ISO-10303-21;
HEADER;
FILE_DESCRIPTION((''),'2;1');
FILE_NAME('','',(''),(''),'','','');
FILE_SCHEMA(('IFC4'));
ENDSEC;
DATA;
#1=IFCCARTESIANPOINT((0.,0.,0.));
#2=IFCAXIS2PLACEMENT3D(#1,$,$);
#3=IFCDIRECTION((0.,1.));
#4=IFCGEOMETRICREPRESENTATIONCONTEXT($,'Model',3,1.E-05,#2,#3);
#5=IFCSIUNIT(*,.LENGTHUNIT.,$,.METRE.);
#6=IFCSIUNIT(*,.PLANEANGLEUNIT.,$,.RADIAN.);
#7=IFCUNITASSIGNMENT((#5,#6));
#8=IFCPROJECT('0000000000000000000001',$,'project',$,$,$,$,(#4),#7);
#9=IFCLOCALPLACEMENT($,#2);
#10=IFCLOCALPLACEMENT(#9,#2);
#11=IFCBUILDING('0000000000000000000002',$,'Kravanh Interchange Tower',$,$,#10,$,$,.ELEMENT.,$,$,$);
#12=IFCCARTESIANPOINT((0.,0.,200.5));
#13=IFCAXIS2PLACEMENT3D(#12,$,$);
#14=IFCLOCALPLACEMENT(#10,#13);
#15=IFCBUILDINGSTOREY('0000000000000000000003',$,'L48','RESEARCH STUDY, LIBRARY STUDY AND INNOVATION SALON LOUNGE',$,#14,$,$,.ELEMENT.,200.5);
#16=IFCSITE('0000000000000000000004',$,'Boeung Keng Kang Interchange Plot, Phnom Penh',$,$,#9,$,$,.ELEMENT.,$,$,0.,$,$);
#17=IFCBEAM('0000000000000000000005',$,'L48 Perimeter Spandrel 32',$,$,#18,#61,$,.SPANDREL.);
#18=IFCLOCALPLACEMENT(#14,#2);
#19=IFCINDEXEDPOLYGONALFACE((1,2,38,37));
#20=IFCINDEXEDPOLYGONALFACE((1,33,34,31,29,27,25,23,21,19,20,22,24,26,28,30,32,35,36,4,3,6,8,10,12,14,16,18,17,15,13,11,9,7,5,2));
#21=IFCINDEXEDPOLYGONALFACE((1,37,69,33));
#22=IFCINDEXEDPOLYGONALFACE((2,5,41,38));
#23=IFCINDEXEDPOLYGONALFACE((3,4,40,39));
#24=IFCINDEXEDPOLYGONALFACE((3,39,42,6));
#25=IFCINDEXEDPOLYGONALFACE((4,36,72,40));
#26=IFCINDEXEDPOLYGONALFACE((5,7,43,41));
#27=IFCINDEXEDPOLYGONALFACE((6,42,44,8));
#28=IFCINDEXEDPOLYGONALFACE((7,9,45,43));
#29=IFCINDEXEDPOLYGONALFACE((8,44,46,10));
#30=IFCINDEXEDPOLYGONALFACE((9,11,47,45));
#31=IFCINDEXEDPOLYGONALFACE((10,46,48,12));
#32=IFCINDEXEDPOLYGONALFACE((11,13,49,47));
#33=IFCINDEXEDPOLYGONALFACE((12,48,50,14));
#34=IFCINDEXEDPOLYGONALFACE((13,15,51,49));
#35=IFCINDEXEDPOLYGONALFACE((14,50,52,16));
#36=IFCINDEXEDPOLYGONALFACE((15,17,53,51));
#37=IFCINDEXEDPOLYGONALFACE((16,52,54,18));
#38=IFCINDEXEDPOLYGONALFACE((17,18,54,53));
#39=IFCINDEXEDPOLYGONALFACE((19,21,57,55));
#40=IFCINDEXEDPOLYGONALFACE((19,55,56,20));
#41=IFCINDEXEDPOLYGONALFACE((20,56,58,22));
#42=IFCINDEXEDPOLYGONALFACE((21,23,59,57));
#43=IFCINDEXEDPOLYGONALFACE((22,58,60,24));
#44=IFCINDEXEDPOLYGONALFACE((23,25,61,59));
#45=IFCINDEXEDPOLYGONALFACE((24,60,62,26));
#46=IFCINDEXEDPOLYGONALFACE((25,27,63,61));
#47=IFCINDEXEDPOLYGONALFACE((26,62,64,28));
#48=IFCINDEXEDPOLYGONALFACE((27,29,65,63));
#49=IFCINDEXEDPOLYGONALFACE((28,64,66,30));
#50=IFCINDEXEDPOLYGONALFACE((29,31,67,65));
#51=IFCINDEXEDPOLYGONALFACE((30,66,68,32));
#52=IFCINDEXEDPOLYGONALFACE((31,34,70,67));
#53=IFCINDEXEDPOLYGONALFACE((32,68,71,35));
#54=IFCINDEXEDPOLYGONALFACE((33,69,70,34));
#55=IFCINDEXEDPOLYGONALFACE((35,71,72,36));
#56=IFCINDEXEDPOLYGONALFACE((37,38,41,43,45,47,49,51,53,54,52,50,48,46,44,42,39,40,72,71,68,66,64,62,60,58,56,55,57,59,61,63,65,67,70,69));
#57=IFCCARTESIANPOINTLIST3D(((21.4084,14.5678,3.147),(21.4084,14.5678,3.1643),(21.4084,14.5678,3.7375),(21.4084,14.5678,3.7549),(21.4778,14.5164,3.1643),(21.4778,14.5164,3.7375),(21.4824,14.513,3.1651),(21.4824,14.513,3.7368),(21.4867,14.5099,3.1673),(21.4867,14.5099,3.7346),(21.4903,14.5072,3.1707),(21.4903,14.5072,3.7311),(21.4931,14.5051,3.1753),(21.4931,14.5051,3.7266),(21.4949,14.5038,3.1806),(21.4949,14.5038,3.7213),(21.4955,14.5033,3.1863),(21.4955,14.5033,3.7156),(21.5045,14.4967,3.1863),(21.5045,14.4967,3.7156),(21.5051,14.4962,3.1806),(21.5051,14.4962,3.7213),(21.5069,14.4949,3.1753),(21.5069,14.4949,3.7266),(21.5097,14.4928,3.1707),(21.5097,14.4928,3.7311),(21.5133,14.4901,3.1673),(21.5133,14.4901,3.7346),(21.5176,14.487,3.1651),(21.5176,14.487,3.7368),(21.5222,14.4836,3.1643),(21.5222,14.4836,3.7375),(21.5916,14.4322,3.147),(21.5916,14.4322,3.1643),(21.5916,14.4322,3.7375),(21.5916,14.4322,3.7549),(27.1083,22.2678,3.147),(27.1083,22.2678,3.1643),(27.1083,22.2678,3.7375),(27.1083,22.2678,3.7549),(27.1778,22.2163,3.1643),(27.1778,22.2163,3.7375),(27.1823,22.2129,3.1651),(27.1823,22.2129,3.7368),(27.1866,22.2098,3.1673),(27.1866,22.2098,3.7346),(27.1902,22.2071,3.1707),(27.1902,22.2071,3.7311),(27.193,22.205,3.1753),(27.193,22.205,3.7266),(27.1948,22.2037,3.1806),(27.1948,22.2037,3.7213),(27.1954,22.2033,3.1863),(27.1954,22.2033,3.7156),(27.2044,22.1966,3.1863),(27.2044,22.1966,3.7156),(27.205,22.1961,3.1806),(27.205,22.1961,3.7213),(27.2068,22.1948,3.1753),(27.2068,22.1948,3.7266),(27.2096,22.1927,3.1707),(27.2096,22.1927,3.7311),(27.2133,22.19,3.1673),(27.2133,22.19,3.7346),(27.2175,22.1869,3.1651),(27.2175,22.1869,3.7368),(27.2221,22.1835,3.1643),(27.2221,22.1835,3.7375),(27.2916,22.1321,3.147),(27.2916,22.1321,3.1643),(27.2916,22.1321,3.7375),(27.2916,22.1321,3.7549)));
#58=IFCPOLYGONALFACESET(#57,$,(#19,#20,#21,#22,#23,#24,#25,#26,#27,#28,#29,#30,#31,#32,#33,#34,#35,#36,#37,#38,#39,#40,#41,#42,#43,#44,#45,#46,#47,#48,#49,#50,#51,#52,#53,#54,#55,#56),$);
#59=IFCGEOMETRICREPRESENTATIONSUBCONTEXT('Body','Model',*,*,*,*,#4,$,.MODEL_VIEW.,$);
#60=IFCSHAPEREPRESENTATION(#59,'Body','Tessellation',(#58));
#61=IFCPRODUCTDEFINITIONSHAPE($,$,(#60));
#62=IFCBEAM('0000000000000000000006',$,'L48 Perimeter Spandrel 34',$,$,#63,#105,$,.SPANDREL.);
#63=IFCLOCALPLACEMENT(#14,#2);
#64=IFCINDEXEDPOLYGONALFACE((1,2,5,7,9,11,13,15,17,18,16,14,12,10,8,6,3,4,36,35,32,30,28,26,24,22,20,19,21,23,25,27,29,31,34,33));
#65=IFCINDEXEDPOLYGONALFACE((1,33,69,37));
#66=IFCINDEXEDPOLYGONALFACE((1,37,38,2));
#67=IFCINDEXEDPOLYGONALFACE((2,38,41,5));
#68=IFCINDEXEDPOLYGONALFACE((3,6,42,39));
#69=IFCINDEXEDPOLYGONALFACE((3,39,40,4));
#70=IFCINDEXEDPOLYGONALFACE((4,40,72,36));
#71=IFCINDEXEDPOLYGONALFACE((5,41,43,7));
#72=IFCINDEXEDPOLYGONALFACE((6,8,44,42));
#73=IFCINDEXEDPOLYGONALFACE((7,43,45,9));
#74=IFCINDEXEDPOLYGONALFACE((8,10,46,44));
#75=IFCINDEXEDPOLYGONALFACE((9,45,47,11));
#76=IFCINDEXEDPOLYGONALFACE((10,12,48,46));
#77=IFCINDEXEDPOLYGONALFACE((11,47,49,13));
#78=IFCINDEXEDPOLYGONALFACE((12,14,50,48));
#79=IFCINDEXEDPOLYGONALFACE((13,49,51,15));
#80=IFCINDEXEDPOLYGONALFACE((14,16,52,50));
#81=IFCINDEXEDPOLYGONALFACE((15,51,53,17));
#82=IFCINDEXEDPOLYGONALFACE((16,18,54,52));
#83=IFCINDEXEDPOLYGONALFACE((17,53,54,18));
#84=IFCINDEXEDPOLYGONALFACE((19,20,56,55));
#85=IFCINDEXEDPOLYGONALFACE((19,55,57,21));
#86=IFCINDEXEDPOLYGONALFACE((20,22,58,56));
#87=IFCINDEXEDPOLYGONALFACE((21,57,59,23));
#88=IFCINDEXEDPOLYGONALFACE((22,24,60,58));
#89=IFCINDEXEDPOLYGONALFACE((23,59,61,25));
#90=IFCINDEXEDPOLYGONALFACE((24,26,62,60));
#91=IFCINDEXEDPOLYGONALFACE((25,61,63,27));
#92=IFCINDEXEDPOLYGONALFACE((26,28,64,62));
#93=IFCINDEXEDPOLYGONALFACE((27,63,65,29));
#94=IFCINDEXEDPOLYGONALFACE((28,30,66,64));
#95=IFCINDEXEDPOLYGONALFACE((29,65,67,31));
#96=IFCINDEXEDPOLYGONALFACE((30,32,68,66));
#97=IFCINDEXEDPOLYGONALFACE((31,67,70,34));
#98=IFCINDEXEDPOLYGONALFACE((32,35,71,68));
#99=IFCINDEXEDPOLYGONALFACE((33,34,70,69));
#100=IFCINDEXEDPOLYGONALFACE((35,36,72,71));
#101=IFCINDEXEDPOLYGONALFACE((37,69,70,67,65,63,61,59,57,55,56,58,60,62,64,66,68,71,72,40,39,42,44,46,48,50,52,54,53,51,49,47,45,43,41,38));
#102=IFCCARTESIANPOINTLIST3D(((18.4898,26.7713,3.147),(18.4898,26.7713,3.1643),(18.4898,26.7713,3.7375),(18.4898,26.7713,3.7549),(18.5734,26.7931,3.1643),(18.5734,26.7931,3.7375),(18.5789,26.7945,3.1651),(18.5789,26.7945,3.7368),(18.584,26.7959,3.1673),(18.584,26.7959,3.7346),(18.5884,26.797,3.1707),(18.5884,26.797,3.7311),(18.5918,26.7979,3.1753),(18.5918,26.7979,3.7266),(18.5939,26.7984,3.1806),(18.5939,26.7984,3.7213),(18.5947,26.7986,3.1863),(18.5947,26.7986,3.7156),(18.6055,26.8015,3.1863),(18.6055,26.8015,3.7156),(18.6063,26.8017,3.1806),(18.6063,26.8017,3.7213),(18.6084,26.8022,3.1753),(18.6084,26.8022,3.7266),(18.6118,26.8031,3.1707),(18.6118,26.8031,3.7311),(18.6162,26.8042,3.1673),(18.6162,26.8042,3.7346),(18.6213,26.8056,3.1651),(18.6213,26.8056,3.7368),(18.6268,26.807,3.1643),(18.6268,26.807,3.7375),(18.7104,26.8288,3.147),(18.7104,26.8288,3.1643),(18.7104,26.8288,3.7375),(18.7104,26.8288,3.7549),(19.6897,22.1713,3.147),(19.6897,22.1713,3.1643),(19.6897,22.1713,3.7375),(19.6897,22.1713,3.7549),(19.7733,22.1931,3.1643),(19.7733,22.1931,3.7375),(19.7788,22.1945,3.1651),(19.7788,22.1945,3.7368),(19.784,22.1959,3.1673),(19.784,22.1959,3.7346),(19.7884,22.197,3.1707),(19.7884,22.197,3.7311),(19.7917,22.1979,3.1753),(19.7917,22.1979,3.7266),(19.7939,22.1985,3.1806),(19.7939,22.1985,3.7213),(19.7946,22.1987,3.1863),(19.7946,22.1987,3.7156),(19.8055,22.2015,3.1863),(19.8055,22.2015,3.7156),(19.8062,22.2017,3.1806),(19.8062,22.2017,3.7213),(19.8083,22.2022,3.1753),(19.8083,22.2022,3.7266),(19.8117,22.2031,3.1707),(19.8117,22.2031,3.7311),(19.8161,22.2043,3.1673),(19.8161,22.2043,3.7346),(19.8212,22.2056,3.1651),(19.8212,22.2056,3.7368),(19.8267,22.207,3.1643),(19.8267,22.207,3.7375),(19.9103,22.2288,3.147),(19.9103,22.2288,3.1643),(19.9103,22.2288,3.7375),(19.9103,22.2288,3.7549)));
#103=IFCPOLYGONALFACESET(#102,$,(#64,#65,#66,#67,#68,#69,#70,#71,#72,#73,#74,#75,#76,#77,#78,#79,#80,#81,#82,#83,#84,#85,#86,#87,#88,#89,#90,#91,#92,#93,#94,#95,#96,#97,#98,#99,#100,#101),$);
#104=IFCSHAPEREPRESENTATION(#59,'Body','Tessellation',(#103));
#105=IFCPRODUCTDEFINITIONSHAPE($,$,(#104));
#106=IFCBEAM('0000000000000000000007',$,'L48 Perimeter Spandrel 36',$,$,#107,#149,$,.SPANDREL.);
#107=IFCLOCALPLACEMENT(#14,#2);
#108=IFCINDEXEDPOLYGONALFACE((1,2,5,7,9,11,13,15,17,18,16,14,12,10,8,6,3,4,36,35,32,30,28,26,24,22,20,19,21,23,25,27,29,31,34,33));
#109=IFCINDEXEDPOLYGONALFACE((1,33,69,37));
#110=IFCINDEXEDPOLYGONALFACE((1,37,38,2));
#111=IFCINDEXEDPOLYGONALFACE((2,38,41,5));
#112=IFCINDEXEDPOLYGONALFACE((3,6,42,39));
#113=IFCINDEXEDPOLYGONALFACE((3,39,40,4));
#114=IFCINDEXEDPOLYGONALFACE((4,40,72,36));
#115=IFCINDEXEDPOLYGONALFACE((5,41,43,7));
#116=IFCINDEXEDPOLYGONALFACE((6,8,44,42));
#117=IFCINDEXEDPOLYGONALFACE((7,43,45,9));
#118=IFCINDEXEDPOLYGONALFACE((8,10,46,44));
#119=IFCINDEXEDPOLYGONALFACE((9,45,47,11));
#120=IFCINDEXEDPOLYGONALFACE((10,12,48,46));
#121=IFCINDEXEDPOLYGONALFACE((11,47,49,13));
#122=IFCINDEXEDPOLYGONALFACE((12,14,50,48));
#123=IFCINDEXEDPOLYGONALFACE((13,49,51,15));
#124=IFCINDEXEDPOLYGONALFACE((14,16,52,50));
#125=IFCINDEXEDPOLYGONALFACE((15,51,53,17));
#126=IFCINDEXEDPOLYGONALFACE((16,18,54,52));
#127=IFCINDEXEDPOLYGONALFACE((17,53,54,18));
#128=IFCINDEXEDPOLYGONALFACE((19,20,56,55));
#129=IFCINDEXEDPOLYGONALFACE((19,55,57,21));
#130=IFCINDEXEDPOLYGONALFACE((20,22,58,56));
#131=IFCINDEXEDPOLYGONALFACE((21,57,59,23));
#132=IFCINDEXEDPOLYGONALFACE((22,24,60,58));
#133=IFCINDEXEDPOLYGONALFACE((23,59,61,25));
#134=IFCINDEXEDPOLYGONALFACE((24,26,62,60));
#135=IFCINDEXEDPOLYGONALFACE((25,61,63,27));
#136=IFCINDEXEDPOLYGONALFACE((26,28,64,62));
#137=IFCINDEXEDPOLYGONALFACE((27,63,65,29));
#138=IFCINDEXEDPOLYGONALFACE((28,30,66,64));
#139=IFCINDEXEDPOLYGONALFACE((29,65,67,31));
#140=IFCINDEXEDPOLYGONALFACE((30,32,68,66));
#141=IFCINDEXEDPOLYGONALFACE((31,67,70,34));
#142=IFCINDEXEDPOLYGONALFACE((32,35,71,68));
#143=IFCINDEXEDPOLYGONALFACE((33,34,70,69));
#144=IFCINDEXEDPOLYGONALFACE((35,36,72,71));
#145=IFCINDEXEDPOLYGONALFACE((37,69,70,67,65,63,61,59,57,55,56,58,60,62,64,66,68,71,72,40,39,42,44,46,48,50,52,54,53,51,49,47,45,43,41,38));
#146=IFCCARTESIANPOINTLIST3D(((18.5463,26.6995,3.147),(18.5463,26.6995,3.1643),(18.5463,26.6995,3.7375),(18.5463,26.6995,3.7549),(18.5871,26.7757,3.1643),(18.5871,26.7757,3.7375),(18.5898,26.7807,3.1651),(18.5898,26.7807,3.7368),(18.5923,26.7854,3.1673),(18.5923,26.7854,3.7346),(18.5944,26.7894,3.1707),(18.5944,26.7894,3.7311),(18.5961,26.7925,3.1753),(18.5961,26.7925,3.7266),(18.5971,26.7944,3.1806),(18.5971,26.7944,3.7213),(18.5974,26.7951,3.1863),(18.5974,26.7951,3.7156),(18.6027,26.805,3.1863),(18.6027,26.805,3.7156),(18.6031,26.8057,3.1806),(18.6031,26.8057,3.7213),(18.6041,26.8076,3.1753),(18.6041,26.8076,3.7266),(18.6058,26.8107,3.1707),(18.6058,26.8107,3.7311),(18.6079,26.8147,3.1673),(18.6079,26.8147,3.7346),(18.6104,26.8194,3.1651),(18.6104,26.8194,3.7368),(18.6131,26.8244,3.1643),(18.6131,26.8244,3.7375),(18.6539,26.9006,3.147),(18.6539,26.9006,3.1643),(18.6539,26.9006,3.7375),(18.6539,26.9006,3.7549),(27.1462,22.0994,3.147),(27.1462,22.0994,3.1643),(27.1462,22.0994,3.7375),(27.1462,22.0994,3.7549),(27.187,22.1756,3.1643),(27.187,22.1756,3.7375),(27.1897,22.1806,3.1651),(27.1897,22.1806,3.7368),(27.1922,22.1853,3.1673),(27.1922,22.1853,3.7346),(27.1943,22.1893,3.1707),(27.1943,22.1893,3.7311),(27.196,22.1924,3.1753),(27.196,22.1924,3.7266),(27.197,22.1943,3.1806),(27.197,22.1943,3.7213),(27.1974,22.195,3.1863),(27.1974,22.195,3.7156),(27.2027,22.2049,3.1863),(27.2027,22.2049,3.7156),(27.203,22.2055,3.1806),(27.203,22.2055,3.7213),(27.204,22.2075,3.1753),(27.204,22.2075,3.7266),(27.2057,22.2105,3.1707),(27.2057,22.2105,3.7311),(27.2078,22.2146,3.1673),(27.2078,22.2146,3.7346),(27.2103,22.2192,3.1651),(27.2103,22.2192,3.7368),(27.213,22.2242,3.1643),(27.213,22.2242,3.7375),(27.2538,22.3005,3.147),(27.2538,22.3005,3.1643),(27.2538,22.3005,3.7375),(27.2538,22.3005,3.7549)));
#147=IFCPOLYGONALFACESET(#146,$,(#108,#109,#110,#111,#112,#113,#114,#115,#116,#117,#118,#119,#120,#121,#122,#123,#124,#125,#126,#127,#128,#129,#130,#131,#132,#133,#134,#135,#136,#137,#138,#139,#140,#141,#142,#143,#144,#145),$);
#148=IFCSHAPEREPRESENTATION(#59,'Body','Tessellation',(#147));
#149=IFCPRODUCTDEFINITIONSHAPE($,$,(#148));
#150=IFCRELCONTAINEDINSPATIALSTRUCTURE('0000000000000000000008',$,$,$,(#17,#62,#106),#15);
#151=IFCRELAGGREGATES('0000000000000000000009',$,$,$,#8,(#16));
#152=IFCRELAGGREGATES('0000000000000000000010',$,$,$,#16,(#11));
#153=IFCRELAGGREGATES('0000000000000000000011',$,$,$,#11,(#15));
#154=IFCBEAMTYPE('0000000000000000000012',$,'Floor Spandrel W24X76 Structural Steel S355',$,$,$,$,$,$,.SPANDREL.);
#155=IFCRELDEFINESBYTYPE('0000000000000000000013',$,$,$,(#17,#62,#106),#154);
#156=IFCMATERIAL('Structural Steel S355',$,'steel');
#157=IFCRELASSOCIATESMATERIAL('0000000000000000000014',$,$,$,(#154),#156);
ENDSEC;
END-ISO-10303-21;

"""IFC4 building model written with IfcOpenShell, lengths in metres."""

from ifc_helpers import new_model, si_unit, direction, frame, origin, origin_2d, place, context, subcontext, project, spatial, i_section, extrude, material, material_profile, profile_set, type_object, element, save


model = new_model("IFC4")

# Units and contexts
model_context = context("Model", 3, precision=1e-05, world=origin(), true_north=direction((0.0, 1.0)))
body_context = subcontext(model_context, "Body", "Model", "MODEL_VIEW")
ifc_project = project(units=[si_unit("LENGTHUNIT", "METRE"), si_unit("PLANEANGLEUNIT", "RADIAN")], contexts=[model_context])

# Site, building, storey
site_placement = place(None, origin())
site = spatial("IfcSite", under=ifc_project, at=site_placement, Name="Boeung Keng Kang Interchange Plot, Phnom Penh", CompositionType="ELEMENT", RefElevation=0.0)
building_placement = place(site_placement, origin())
building = spatial("IfcBuilding", under=site, at=building_placement, Name="Kravanh Interchange Tower", CompositionType="ELEMENT")
storey_placement = place(building_placement, frame((0.0, 0.0, 200.5)))
storey = spatial("IfcBuildingStorey", under=building, at=storey_placement, Name="L48", Description="RESEARCH STUDY, LIBRARY STUDY AND INNOVATION SALON LOUNGE", CompositionType="ELEMENT", Elevation=200.5)

# Beams
ifc_material_1 = material(Name="Structural Steel S355", Category="steel")
ifc_material_profile_1 = material_profile(ifc_material_1, i_section(OverallWidth=0.228, OverallDepth=0.6079, WebThickness=0.0112, FlangeThickness=0.0173, FilletRadius=0.022, at=origin_2d()), Name="W24X76")
ifc_profile_set_1 = profile_set([ifc_material_profile_1], Name="Structural Steel S355")
beam_type_1 = type_object("IfcBeamType", Name="Floor Spandrel W24X76 Structural Steel S355", PredefinedType="SPANDREL", material=ifc_profile_set_1)
beam_1_placement = place(storey_placement, frame((21.5, 14.5, 3.4509), z_axis=(0.594977, 0.803743, 0.0), x_axis=(-0.803743, 0.594977, 0.0)))
element("IfcBeam", 1, at=beam_1_placement, inside=storey, type_object=beam_type_1, Name="L48 Perimeter Spandrel 32", PredefinedType="SPANDREL", context=body_context, shape_type="SweptSolid", body=[
    extrude(i_section(OverallWidth=0.228, OverallDepth=0.6079, WebThickness=0.0112, FlangeThickness=0.0173, FilletRadius=0.022, at=origin_2d()), origin(), (0.0, 0.0, 1.0), 9.5801),
])
beam_2_placement = place(storey_placement, frame((18.6001, 26.8, 3.4509), z_axis=(0.252407, -0.967621, 0.0), x_axis=(0.967621, 0.252407, 0.0)))
element("IfcBeam", 2, at=beam_2_placement, inside=storey, type_object=beam_type_1, Name="L48 Perimeter Spandrel 34", PredefinedType="SPANDREL", context=body_context, shape_type="SweptSolid", body=[
    extrude(i_section(OverallWidth=0.228, OverallDepth=0.6079, WebThickness=0.0112, FlangeThickness=0.0173, FilletRadius=0.022, at=origin_2d()), origin(), (0.0, 0.0, 1.0), 4.7539),
])
beam_3_placement = place(storey_placement, frame((18.6001, 26.8, 3.4509), z_axis=(0.881777, -0.471666, 0.0), x_axis=(0.471666, 0.881777, 0.0)))
element("IfcBeam", 3, at=beam_3_placement, inside=storey, type_object=beam_type_1, Name="L48 Perimeter Spandrel 36", PredefinedType="SPANDREL", context=body_context, shape_type="SweptSolid", body=[
    extrude(i_section(OverallWidth=0.228, OverallDepth=0.6079, WebThickness=0.0112, FlangeThickness=0.0173, FilletRadius=0.022, at=origin_2d()), origin(), (0.0, 0.0, 1.0), 9.7529),
])

save(model, "model.ifc")
